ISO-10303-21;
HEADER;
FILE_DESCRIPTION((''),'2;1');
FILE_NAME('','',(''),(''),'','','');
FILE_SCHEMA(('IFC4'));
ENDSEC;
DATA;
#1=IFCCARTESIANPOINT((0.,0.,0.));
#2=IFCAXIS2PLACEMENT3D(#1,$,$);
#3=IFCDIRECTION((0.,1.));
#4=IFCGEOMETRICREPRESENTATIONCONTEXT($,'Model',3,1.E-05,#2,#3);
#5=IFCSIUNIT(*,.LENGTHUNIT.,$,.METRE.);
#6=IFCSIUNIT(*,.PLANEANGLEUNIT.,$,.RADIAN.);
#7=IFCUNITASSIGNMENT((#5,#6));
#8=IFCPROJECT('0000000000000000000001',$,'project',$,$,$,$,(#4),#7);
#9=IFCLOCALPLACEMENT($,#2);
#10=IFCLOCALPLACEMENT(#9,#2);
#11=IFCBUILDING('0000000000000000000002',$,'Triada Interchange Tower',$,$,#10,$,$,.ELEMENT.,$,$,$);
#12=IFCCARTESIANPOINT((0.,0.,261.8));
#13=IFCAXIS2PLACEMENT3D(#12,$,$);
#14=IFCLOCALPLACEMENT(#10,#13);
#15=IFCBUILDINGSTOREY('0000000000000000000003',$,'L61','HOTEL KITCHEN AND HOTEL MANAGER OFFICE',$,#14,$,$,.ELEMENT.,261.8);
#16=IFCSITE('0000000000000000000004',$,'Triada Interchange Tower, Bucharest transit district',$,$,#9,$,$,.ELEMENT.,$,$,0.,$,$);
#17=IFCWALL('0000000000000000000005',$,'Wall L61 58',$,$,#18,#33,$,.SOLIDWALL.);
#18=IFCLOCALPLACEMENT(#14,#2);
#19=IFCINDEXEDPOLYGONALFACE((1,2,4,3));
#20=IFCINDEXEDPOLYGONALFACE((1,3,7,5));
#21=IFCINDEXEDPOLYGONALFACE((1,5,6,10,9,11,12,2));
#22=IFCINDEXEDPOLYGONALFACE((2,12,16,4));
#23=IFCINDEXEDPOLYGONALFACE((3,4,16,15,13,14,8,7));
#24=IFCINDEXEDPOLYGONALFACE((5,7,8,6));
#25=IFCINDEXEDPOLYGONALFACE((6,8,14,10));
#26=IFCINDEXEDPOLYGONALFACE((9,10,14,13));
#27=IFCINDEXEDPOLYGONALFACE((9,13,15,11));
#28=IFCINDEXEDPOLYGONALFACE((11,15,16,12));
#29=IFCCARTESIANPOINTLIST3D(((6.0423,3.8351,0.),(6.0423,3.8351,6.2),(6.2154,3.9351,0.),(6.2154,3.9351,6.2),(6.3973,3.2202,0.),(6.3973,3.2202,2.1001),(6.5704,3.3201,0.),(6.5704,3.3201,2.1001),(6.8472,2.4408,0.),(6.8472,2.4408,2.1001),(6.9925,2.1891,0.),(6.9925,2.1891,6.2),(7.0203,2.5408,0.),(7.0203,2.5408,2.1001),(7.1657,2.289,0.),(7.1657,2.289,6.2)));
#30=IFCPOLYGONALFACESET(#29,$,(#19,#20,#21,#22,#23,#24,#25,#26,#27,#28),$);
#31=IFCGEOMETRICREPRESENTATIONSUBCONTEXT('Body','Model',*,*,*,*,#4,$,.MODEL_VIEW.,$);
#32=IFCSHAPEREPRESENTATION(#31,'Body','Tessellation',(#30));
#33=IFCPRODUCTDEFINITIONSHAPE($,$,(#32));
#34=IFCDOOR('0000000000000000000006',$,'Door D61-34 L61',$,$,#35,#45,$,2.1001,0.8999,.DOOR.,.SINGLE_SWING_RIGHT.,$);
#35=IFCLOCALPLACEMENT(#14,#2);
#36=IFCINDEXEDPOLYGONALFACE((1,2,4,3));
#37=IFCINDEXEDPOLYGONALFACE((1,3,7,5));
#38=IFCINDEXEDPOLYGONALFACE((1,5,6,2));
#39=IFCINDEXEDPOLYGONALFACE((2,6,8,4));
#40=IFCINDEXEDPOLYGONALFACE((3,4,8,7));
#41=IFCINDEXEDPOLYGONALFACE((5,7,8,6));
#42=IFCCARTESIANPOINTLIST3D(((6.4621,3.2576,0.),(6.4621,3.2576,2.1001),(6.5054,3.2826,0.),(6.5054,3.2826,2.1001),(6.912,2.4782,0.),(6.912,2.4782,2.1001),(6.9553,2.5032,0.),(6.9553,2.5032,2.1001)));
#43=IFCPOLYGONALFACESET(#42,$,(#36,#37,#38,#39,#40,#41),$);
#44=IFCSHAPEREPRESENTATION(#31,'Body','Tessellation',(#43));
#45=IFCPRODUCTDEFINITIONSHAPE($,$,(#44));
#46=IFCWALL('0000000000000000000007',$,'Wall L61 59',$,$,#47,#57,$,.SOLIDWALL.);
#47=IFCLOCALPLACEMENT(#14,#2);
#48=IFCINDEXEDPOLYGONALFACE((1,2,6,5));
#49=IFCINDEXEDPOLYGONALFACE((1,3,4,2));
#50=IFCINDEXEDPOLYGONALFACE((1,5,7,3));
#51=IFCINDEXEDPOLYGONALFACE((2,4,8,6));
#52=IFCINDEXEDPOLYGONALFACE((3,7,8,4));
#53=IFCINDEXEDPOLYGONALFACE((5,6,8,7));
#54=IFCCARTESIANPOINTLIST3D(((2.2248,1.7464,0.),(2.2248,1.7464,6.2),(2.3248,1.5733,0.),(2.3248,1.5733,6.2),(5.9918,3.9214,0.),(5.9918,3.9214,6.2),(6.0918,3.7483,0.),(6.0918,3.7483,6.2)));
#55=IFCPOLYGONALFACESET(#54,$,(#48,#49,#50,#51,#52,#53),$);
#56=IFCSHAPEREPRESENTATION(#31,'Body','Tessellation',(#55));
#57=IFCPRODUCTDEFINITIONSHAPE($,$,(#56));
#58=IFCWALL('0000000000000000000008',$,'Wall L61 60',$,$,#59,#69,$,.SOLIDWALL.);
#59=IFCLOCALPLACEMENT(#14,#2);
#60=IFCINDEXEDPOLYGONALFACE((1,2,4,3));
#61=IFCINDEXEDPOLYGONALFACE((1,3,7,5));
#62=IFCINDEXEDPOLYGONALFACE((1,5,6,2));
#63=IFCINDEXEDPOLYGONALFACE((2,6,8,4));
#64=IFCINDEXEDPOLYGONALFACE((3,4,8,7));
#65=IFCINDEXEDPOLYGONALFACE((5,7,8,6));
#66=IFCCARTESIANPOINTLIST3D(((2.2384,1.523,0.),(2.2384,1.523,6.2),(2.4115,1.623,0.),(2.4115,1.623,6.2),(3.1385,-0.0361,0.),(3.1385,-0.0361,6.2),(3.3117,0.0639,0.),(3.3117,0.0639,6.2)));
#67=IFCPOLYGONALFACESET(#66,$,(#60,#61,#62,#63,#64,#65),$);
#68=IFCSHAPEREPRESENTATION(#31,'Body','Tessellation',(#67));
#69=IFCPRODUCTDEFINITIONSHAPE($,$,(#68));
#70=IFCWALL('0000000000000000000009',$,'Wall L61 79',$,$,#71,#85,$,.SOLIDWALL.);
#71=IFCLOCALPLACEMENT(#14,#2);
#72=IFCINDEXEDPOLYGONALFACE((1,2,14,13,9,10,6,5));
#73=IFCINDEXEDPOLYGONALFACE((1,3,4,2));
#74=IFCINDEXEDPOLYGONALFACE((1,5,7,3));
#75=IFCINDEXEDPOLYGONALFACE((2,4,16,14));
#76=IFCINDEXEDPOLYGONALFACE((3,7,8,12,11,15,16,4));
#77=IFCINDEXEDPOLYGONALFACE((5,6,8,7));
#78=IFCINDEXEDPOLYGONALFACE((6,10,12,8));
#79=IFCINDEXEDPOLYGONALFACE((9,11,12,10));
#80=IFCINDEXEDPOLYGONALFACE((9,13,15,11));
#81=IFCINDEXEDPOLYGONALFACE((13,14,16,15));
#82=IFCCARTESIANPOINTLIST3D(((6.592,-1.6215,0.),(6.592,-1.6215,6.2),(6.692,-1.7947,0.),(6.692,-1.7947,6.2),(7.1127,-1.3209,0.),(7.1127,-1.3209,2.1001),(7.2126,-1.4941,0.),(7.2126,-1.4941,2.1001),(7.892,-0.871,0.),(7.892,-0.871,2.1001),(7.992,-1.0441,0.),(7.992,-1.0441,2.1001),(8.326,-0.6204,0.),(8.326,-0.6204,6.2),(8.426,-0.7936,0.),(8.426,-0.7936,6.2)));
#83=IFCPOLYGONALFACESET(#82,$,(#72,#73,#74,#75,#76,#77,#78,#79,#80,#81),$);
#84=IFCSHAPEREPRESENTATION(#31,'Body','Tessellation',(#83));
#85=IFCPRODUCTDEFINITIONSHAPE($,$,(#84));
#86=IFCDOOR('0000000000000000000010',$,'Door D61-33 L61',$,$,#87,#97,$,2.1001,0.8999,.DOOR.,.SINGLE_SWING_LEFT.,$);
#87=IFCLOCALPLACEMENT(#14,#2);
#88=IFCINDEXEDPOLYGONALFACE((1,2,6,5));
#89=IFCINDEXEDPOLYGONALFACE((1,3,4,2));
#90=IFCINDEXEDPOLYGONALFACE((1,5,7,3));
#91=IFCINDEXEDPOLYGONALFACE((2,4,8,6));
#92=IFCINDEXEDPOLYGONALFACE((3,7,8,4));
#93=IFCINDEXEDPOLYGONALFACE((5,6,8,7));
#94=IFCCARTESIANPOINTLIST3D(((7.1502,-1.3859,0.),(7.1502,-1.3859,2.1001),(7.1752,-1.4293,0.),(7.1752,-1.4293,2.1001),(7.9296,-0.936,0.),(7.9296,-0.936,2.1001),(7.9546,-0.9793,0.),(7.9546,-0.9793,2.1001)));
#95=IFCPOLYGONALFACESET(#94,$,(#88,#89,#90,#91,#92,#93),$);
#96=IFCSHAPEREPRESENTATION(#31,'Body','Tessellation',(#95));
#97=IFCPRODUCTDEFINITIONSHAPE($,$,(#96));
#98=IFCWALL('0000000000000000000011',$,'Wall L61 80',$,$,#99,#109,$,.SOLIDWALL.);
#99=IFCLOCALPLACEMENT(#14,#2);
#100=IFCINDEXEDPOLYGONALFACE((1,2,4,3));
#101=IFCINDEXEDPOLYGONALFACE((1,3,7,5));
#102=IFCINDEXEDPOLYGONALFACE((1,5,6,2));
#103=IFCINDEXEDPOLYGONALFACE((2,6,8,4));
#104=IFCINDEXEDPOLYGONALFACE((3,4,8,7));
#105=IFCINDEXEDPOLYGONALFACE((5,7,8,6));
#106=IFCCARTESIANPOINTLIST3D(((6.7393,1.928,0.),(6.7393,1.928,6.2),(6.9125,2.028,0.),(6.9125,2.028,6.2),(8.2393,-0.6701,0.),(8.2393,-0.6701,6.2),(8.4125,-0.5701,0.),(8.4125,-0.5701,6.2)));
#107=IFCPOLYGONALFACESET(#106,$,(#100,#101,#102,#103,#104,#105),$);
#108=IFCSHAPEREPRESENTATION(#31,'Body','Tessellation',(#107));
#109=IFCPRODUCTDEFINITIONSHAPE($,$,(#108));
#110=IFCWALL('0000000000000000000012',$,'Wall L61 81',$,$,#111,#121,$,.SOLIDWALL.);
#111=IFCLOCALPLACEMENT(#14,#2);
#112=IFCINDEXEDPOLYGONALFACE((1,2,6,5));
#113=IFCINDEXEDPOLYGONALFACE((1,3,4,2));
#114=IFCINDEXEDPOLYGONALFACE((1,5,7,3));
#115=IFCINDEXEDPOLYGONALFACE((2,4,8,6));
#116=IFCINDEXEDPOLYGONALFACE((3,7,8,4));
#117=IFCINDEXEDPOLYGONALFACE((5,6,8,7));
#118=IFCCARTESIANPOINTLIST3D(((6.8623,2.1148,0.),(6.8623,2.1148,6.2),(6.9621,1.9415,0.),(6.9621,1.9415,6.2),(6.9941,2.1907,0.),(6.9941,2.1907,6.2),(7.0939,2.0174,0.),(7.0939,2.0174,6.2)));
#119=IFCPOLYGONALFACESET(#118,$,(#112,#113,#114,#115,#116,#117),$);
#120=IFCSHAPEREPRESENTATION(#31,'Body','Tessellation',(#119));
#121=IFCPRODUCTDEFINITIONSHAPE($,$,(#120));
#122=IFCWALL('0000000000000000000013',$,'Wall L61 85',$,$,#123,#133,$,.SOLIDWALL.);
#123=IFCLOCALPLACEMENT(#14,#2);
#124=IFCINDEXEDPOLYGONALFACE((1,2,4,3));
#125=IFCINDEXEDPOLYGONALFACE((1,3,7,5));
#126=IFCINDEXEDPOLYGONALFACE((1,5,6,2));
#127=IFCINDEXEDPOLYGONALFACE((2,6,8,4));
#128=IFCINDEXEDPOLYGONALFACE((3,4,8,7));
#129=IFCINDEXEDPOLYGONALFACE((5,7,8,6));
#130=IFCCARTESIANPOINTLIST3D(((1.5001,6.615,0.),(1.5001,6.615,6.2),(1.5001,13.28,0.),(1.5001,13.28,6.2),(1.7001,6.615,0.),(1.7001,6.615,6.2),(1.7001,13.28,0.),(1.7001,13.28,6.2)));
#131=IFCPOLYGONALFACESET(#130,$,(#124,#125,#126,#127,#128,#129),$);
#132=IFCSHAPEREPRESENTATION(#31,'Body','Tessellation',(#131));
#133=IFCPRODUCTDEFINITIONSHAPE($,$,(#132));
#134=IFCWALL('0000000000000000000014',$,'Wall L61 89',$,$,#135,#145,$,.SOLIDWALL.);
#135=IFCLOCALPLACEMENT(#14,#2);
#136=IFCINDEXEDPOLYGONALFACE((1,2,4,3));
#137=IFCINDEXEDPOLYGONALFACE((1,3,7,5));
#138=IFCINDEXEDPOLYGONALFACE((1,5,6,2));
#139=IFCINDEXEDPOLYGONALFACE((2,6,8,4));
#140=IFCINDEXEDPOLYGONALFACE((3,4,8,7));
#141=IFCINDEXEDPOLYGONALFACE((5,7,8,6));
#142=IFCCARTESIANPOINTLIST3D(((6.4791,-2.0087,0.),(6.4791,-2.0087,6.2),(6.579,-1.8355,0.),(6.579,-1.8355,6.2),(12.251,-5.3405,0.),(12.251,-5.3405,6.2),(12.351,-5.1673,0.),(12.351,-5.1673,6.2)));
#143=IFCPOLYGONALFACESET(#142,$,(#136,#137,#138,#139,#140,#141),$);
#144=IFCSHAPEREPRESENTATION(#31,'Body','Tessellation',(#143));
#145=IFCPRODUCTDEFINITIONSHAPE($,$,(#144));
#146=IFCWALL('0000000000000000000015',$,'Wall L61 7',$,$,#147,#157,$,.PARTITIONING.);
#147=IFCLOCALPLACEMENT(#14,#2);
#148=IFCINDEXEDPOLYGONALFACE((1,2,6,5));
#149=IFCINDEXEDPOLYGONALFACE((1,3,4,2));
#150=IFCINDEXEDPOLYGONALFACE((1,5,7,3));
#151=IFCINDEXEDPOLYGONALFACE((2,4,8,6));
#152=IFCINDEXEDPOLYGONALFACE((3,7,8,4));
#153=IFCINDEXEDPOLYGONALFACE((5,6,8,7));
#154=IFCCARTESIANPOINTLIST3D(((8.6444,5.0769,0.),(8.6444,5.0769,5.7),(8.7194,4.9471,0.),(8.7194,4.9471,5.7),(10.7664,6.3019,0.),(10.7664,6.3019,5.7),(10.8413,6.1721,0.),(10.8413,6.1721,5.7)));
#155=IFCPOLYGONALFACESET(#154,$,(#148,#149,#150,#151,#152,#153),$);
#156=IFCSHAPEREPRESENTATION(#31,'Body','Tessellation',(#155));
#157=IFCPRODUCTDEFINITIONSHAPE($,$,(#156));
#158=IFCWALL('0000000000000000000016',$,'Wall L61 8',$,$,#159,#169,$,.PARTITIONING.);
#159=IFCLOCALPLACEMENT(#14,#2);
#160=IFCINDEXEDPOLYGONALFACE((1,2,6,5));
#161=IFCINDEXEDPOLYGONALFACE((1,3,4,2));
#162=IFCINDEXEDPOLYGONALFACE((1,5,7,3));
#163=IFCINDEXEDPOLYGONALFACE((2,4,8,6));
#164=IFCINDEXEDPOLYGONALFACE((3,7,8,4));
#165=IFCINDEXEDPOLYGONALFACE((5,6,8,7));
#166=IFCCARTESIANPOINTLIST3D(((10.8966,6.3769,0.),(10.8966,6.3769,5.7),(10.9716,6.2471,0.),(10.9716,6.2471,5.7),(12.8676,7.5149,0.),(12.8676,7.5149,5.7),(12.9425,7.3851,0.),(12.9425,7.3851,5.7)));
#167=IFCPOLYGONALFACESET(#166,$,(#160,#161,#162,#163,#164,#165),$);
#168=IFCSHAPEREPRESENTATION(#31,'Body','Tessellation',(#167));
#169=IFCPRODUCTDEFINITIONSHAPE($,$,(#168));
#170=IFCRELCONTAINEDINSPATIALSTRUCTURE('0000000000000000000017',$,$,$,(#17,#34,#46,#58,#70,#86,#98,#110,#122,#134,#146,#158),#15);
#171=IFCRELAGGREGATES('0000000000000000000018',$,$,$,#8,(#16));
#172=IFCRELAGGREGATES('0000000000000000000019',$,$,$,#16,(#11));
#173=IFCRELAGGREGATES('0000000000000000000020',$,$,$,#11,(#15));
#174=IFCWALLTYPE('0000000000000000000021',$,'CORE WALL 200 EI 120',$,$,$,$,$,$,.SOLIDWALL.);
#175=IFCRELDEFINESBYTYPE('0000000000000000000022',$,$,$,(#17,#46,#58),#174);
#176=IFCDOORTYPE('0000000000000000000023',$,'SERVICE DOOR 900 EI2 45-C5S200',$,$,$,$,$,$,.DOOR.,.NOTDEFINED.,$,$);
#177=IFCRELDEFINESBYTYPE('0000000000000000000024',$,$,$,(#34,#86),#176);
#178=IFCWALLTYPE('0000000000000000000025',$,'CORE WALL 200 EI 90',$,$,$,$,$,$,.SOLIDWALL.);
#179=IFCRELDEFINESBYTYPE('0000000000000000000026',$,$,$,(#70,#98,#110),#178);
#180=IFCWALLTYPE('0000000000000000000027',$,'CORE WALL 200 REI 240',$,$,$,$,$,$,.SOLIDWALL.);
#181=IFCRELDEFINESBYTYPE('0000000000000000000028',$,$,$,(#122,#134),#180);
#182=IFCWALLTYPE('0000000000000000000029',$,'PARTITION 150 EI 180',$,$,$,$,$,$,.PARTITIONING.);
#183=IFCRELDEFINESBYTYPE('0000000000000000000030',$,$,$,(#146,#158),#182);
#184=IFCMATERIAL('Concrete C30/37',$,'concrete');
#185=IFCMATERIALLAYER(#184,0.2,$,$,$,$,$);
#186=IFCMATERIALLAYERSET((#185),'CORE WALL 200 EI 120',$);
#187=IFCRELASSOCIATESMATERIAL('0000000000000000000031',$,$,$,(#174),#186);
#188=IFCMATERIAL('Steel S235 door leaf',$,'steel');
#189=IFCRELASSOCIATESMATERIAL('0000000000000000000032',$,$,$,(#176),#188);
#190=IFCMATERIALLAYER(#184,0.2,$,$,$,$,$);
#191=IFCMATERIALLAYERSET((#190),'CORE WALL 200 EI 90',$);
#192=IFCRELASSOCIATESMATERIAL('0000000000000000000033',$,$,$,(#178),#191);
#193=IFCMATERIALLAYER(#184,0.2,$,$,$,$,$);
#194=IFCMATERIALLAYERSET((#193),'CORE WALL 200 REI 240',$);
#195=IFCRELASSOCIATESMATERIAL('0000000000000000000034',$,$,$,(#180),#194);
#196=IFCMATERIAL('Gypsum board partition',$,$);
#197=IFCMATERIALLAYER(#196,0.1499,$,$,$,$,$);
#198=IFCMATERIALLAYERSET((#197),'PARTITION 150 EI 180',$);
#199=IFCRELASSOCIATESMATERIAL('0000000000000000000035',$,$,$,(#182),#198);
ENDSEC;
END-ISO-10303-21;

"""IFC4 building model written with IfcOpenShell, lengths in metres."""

from ifc_helpers import new_model, si_unit, direction, frame, frame_2d, origin, place, context, subcontext, project, spatial, rectangle, extrude, material, layer, layer_set, type_object, element, fill, save


model = new_model("IFC4")

# Units and contexts
model_context = context("Model", 3, precision=1e-05, world=origin(), true_north=direction((0.0, 1.0)))
body_context = subcontext(model_context, "Body", "Model", "MODEL_VIEW")
ifc_project = project(units=[si_unit("LENGTHUNIT", "METRE"), si_unit("PLANEANGLEUNIT", "RADIAN")], contexts=[model_context])

# Site, building, storey
site_placement = place(None, origin())
site = spatial("IfcSite", under=ifc_project, at=site_placement, Name="Triada Interchange Tower, Bucharest transit district", CompositionType="ELEMENT", RefElevation=0.0)
building_placement = place(site_placement, origin())
building = spatial("IfcBuilding", under=site, at=building_placement, Name="Triada Interchange Tower", CompositionType="ELEMENT")
storey_placement = place(building_placement, frame((0.0, 0.0, 261.8)))
storey = spatial("IfcBuildingStorey", under=building, at=storey_placement, Name="L61", Description="HOTEL KITCHEN AND HOTEL MANAGER OFFICE", CompositionType="ELEMENT", Elevation=261.8)

# Shared definitions
ifc_material_1 = material(Name="Concrete C30/37", Category="concrete")
ifc_layer_1 = layer(ifc_material_1, 0.2)
ifc_layer_set_1 = layer_set([ifc_layer_1], Name="CORE WALL 200 EI 120")
wall_type_1 = type_object("IfcWallType", Name="CORE WALL 200 EI 120", PredefinedType="SOLIDWALL", material=ifc_layer_set_1)
ifc_material_2 = material(Name="Steel S235 door leaf", Category="steel")

# Wall, opening, door
wall_1_placement = place(storey_placement, frame((6.1289, 3.885, 0.0), z_axis=(0.0, 0.0, 1.0), x_axis=(0.499952, -0.866053, 0.0)))
wall_1 = element("IfcWall", 1, at=wall_1_placement, inside=storey, type_object=wall_type_1, Name="Wall L61 58", PredefinedType="SOLIDWALL", context=body_context, shape_type="SweptSolid", body=[
    extrude(rectangle(XDim=1.9006, YDim=0.2, at=frame_2d((0.9502, 0.0))), origin(), (0.0, 0.0, 1.0), 6.2),
])
opening_1_placement = place(wall_1_placement, frame((0.71, 0.0, 0.0)))
opening_1 = element("IfcOpeningElement", 2, at=opening_1_placement, cuts=wall_1, PredefinedType="OPENING", context=body_context, shape_type="SweptSolid", body=[
    extrude(rectangle(XDim=0.8999, YDim=2.1001, at=frame_2d((0.45, 1.05))), frame((0.0, 0.1099, 0.0), z_axis=(0.0, -1.0, 0.0), x_axis=(1.0, 0.0, 0.0)), (0.0, 0.0, 1.0), 0.22),
])
door_type_1 = type_object("IfcDoorType", Name="SERVICE DOOR 900 EI2 45-C5S200", OperationType="NOTDEFINED", PredefinedType="DOOR", material=ifc_material_2)
door_1_placement = place(opening_1_placement, origin())
door_1 = element("IfcDoor", 3, at=door_1_placement, inside=storey, type_object=door_type_1, Name="Door D61-34 L61", OperationType="SINGLE_SWING_RIGHT", OverallHeight=2.1001, OverallWidth=0.8999, PredefinedType="DOOR", context=body_context, shape_type="SweptSolid", body=[
    extrude(rectangle(XDim=0.8999, YDim=2.1001, at=frame_2d((0.45, 1.05))), frame((0.0, 0.0249, 0.0), z_axis=(0.0, -1.0, 0.0), x_axis=(1.0, 0.0, 0.0)), (0.0, 0.0, 1.0), 0.05),
])
fill(opening_1, door_1)

# Walls
wall_2_placement = place(storey_placement, frame((2.2749, 1.6599, 0.0), z_axis=(0.0, 0.0, 1.0), x_axis=(0.866014, 0.50002, 0.0)))
element("IfcWall", 4, at=wall_2_placement, inside=storey, type_object=wall_type_1, Name="Wall L61 59", PredefinedType="SOLIDWALL", context=body_context, shape_type="SweptSolid", body=[
    extrude(rectangle(XDim=4.3499, YDim=0.2, at=frame_2d((2.1748, 0.0))), origin(), (0.0, 0.0, 1.0), 6.2),
])
wall_3_placement = place(storey_placement, frame((2.325, 1.573, 0.0), z_axis=(0.0, 0.0, 1.0), x_axis=(0.500004, -0.866023, 0.0)))
element("IfcWall", 5, at=wall_3_placement, inside=storey, type_object=wall_type_1, Name="Wall L61 60", PredefinedType="SOLIDWALL", context=body_context, shape_type="SweptSolid", body=[
    extrude(rectangle(XDim=1.8003, YDim=0.2, at=frame_2d((0.9001, 0.0))), origin(), (0.0, 0.0, 1.0), 6.2),
])

# Wall, opening, door
ifc_layer_2 = layer(ifc_material_1, 0.2)
ifc_layer_set_2 = layer_set([ifc_layer_2], Name="CORE WALL 200 EI 90")
wall_type_2 = type_object("IfcWallType", Name="CORE WALL 200 EI 90", PredefinedType="SOLIDWALL", material=ifc_layer_set_2)
wall_4_placement = place(storey_placement, frame((6.6421, -1.708, 0.0), z_axis=(0.0, 0.0, 1.0), x_axis=(0.866043, 0.499969, 0.0)))
wall_4 = element("IfcWall", 6, at=wall_4_placement, inside=storey, type_object=wall_type_2, Name="Wall L61 79", PredefinedType="SOLIDWALL", context=body_context, shape_type="SweptSolid", body=[
    extrude(rectangle(XDim=2.0022, YDim=0.2, at=frame_2d((1.001, 0.0))), origin(), (0.0, 0.0, 1.0), 6.2),
])
opening_2_placement = place(wall_4_placement, frame((0.6011, 0.0, 0.0)))
opening_2 = element("IfcOpeningElement", 7, at=opening_2_placement, cuts=wall_4, PredefinedType="OPENING", context=body_context, shape_type="SweptSolid", body=[
    extrude(rectangle(XDim=0.8999, YDim=2.1001, at=frame_2d((0.45, 1.05))), frame((0.0, 0.1099, 0.0), z_axis=(0.0, -1.0, 0.0), x_axis=(1.0, 0.0, 0.0)), (0.0, 0.0, 1.0), 0.22),
])
door_2_placement = place(opening_2_placement, origin())
door_2 = element("IfcDoor", 8, at=door_2_placement, inside=storey, type_object=door_type_1, Name="Door D61-33 L61", OperationType="SINGLE_SWING_LEFT", OverallHeight=2.1001, OverallWidth=0.8999, PredefinedType="DOOR", context=body_context, shape_type="SweptSolid", body=[
    extrude(rectangle(XDim=0.8999, YDim=2.1001, at=frame_2d((0.45, 1.05))), frame((0.0, 0.0249, 0.0), z_axis=(0.0, -1.0, 0.0), x_axis=(1.0, 0.0, 0.0)), (0.0, 0.0, 1.0), 0.05),
])
fill(opening_2, door_2)

# Walls
wall_5_placement = place(storey_placement, frame((6.8259, 1.978, 0.0), z_axis=(0.0, 0.0, 1.0), x_axis=(0.49999, -0.866031, 0.0)))
element("IfcWall", 9, at=wall_5_placement, inside=storey, type_object=wall_type_2, Name="Wall L61 80", PredefinedType="SOLIDWALL", context=body_context, shape_type="SweptSolid", body=[
    extrude(rectangle(XDim=3.0, YDim=0.2, at=frame_2d((1.5, 0.0))), origin(), (0.0, 0.0, 1.0), 6.2),
])
wall_6_placement = place(storey_placement, frame((6.9121, 2.0281, 0.0), z_axis=(0.0, 0.0, 1.0), x_axis=(0.866559, 0.499074, 0.0)))
element("IfcWall", 10, at=wall_6_placement, inside=storey, type_object=wall_type_2, Name="Wall L61 81", PredefinedType="SOLIDWALL", context=body_context, shape_type="SweptSolid", body=[
    extrude(rectangle(XDim=0.1521, YDim=0.2, at=frame_2d((0.0762, 0.0))), origin(), (0.0, 0.0, 1.0), 6.2),
])
ifc_layer_3 = layer(ifc_material_1, 0.2)
ifc_layer_set_3 = layer_set([ifc_layer_3], Name="CORE WALL 200 REI 240")
wall_type_3 = type_object("IfcWallType", Name="CORE WALL 200 REI 240", PredefinedType="SOLIDWALL", material=ifc_layer_set_3)
wall_7_placement = place(storey_placement, frame((1.6001, 6.615, 0.0), z_axis=(0.0, 0.0, 1.0), x_axis=(0.0, 1.0, 0.0)))
element("IfcWall", 11, at=wall_7_placement, inside=storey, type_object=wall_type_3, Name="Wall L61 85", PredefinedType="SOLIDWALL", context=body_context, shape_type="SweptSolid", body=[
    extrude(rectangle(XDim=6.665, YDim=0.2, at=frame_2d((3.3325, 0.0))), origin(), (0.0, 0.0, 1.0), 6.2),
])
wall_8_placement = place(storey_placement, frame((6.5291, -1.9221, 0.0), z_axis=(0.0, 0.0, 1.0), x_axis=(0.866068, -0.499925, 0.0)))
element("IfcWall", 12, at=wall_8_placement, inside=storey, type_object=wall_type_3, Name="Wall L61 89", PredefinedType="SOLIDWALL", context=body_context, shape_type="SweptSolid", body=[
    extrude(rectangle(XDim=6.6646, YDim=0.2, at=frame_2d((3.3323, 0.0))), origin(), (0.0, 0.0, 1.0), 6.2),
])
ifc_material_3 = material(Name="Gypsum board partition")
ifc_layer_4 = layer(ifc_material_3, 0.1499)
ifc_layer_set_4 = layer_set([ifc_layer_4], Name="PARTITION 150 EI 180")
wall_type_4 = type_object("IfcWallType", Name="PARTITION 150 EI 180", PredefinedType="PARTITIONING", material=ifc_layer_set_4)
wall_9_placement = place(storey_placement, frame((8.6819, 5.012, 0.0), z_axis=(0.0, 0.0, 1.0), x_axis=(0.86604, 0.499975, 0.0)))
element("IfcWall", 13, at=wall_9_placement, inside=storey, type_object=wall_type_4, Name="Wall L61 7", PredefinedType="PARTITIONING", context=body_context, shape_type="SweptSolid", body=[
    extrude(rectangle(XDim=2.4502, YDim=0.1499, at=frame_2d((1.2251, 0.0))), origin(), (0.0, 0.0, 1.0), 5.7),
])
wall_10_placement = place(storey_placement, frame((10.9341, 6.312, 0.0), z_axis=(0.0, 0.0, 1.0), x_axis=(0.866023, 0.500004, 0.0)))
element("IfcWall", 14, at=wall_10_placement, inside=storey, type_object=wall_type_4, Name="Wall L61 8", PredefinedType="PARTITIONING", context=body_context, shape_type="SweptSolid", body=[
    extrude(rectangle(XDim=2.2759, YDim=0.1499, at=frame_2d((1.1379, 0.0))), origin(), (0.0, 0.0, 1.0), 5.7),
])

save(model, "model.ifc")
